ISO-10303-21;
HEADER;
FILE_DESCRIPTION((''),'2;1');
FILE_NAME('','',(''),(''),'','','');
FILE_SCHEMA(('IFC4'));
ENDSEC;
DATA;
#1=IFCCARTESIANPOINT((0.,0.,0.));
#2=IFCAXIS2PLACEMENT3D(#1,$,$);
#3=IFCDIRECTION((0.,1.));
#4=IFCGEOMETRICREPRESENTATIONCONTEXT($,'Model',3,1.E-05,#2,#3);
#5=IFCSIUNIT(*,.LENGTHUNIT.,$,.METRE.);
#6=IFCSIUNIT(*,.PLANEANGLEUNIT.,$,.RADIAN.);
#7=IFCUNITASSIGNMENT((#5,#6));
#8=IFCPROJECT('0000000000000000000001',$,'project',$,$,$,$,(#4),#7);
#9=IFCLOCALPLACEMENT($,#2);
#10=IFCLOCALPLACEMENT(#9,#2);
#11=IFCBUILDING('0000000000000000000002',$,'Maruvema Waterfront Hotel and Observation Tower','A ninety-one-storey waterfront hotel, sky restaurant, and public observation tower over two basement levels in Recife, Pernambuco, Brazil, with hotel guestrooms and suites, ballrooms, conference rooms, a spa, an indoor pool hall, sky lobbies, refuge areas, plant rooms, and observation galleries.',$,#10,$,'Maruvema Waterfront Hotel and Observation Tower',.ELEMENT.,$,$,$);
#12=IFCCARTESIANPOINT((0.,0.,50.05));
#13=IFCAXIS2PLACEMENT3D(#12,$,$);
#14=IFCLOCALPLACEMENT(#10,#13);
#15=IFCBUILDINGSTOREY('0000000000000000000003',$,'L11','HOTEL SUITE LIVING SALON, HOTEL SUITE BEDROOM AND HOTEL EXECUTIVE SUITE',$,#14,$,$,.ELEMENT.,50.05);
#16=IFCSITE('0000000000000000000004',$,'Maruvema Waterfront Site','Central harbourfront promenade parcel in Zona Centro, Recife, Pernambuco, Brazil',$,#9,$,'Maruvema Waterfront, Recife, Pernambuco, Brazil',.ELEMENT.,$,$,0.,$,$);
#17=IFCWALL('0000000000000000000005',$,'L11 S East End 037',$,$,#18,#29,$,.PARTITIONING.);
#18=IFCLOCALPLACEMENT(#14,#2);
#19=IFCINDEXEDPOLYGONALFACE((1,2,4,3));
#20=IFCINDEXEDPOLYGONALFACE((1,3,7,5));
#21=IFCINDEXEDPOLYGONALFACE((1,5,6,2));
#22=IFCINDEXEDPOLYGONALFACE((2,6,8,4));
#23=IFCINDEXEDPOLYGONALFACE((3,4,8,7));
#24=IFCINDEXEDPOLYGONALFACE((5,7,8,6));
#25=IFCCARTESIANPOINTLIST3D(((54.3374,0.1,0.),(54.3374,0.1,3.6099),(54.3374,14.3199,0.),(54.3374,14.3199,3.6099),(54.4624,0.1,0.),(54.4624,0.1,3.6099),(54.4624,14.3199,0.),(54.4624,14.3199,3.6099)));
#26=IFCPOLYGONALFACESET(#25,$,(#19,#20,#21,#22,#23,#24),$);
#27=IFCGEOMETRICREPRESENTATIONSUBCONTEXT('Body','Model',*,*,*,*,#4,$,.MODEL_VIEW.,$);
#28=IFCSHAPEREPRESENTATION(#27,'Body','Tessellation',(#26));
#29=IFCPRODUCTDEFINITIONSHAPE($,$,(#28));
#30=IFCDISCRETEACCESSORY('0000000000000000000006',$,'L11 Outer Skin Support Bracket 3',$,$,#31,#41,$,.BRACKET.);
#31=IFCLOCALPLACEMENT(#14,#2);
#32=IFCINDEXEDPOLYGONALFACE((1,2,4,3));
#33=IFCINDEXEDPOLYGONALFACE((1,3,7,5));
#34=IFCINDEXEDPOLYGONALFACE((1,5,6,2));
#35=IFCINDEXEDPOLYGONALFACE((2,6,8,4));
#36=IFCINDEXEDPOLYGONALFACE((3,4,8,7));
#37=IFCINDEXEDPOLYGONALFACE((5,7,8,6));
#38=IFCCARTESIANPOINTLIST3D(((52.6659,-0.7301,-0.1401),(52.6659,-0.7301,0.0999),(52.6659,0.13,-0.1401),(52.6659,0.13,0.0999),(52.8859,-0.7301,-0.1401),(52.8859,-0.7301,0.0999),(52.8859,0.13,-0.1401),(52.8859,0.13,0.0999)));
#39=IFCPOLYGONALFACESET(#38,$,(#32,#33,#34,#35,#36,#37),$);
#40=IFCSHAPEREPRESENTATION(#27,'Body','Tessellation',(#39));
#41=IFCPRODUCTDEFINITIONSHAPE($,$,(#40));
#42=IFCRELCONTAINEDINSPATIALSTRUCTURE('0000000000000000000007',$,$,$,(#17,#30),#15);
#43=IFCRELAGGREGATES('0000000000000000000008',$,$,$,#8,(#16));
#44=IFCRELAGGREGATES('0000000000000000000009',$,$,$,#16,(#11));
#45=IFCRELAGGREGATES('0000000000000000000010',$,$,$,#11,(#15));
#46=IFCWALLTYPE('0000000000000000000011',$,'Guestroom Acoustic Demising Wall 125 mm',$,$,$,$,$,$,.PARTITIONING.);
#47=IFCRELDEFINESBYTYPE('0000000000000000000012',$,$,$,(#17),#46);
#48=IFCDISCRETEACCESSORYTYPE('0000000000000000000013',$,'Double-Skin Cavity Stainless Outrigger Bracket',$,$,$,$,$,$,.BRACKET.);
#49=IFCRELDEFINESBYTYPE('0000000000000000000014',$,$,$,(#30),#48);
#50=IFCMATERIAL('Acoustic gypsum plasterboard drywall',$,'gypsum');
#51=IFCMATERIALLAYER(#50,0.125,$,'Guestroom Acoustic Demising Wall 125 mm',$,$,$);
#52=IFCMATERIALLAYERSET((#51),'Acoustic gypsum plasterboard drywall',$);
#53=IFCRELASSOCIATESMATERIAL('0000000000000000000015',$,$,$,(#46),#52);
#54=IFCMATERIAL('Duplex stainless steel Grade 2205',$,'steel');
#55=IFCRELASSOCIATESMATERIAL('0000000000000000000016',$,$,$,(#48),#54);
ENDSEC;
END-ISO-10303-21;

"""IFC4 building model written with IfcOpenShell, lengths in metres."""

from ifc_helpers import new_model, si_unit, direction, frame, frame_2d, origin, origin_2d, place, context, subcontext, project, spatial, rectangle, extrude, material, layer, layer_set, type_object, element, save


model = new_model("IFC4")

# Units and contexts
model_context = context("Model", 3, precision=1e-05, world=origin(), true_north=direction((0.0, 1.0)))
body_context = subcontext(model_context, "Body", "Model", "MODEL_VIEW")
ifc_project = project(units=[si_unit("LENGTHUNIT", "METRE"), si_unit("PLANEANGLEUNIT", "RADIAN")], contexts=[model_context])

# Site, building, storey
site_placement = place(None, origin())
site = spatial("IfcSite", under=ifc_project, at=site_placement, Name="Maruvema Waterfront Site", Description="Central harbourfront promenade parcel in Zona Centro, Recife, Pernambuco, Brazil", LongName="Maruvema Waterfront, Recife, Pernambuco, Brazil", CompositionType="ELEMENT", RefElevation=0.0)
building_placement = place(site_placement, origin())
building = spatial("IfcBuilding", under=site, at=building_placement, Name="Maruvema Waterfront Hotel and Observation Tower", Description="A ninety-one-storey waterfront hotel, sky restaurant, and public observation tower over two basement levels in Recife, Pernambuco, Brazil, with hotel guestrooms and suites, ballrooms, conference rooms, a spa, an indoor pool hall, sky lobbies, refuge areas, plant rooms, and observation galleries.", LongName="Maruvema Waterfront Hotel and Observation Tower", CompositionType="ELEMENT")
storey_placement = place(building_placement, frame((0.0, 0.0, 50.05)))
storey = spatial("IfcBuildingStorey", under=building, at=storey_placement, Name="L11", Description="HOTEL SUITE LIVING SALON, HOTEL SUITE BEDROOM AND HOTEL EXECUTIVE SUITE", CompositionType="ELEMENT", Elevation=50.05)

# Wall
ifc_material_1 = material(Name="Acoustic gypsum plasterboard drywall", Category="gypsum")
ifc_layer_1 = layer(ifc_material_1, 0.125, Name="Guestroom Acoustic Demising Wall 125 mm")
ifc_layer_set_1 = layer_set([ifc_layer_1], Name="Acoustic gypsum plasterboard drywall")
wall_type_1 = type_object("IfcWallType", Name="Guestroom Acoustic Demising Wall 125 mm", PredefinedType="PARTITIONING", material=ifc_layer_set_1)
wall_1_placement = place(storey_placement, frame((54.3999, 0.1001, 0.0), z_axis=(0.0, 0.0, 1.0), x_axis=(0.0, 1.0, 0.0)))
element("IfcWall", 1, at=wall_1_placement, inside=storey, type_object=wall_type_1, Name="L11 S East End 037", PredefinedType="PARTITIONING", context=body_context, shape_type="SweptSolid", body=[
    extrude(rectangle(XDim=14.22, YDim=0.125, at=frame_2d((7.1099, 0.0))), origin(), (0.0, 0.0, 1.0), 3.6099),
])

# Discrete accessory
ifc_material_2 = material(Name="Duplex stainless steel Grade 2205", Category="steel")
discrete_accessory_type = type_object("IfcDiscreteAccessoryType", Name="Double-Skin Cavity Stainless Outrigger Bracket", PredefinedType="BRACKET", material=ifc_material_2)
discrete_accessory_placement = place(storey_placement, frame((52.7759, -0.3, -0.1401), z_axis=(0.0, 0.0, 1.0), x_axis=(1.0, 0.0, 0.0)))
element("IfcDiscreteAccessory", 2, at=discrete_accessory_placement, inside=storey, type_object=discrete_accessory_type, Name="L11 Outer Skin Support Bracket 3", PredefinedType="BRACKET", context=body_context, shape_type="SweptSolid", body=[
    extrude(rectangle(XDim=0.22, YDim=0.8601, at=origin_2d()), origin(), (0.0, 0.0, 1.0), 0.24),
])

save(model, "model.ifc")
